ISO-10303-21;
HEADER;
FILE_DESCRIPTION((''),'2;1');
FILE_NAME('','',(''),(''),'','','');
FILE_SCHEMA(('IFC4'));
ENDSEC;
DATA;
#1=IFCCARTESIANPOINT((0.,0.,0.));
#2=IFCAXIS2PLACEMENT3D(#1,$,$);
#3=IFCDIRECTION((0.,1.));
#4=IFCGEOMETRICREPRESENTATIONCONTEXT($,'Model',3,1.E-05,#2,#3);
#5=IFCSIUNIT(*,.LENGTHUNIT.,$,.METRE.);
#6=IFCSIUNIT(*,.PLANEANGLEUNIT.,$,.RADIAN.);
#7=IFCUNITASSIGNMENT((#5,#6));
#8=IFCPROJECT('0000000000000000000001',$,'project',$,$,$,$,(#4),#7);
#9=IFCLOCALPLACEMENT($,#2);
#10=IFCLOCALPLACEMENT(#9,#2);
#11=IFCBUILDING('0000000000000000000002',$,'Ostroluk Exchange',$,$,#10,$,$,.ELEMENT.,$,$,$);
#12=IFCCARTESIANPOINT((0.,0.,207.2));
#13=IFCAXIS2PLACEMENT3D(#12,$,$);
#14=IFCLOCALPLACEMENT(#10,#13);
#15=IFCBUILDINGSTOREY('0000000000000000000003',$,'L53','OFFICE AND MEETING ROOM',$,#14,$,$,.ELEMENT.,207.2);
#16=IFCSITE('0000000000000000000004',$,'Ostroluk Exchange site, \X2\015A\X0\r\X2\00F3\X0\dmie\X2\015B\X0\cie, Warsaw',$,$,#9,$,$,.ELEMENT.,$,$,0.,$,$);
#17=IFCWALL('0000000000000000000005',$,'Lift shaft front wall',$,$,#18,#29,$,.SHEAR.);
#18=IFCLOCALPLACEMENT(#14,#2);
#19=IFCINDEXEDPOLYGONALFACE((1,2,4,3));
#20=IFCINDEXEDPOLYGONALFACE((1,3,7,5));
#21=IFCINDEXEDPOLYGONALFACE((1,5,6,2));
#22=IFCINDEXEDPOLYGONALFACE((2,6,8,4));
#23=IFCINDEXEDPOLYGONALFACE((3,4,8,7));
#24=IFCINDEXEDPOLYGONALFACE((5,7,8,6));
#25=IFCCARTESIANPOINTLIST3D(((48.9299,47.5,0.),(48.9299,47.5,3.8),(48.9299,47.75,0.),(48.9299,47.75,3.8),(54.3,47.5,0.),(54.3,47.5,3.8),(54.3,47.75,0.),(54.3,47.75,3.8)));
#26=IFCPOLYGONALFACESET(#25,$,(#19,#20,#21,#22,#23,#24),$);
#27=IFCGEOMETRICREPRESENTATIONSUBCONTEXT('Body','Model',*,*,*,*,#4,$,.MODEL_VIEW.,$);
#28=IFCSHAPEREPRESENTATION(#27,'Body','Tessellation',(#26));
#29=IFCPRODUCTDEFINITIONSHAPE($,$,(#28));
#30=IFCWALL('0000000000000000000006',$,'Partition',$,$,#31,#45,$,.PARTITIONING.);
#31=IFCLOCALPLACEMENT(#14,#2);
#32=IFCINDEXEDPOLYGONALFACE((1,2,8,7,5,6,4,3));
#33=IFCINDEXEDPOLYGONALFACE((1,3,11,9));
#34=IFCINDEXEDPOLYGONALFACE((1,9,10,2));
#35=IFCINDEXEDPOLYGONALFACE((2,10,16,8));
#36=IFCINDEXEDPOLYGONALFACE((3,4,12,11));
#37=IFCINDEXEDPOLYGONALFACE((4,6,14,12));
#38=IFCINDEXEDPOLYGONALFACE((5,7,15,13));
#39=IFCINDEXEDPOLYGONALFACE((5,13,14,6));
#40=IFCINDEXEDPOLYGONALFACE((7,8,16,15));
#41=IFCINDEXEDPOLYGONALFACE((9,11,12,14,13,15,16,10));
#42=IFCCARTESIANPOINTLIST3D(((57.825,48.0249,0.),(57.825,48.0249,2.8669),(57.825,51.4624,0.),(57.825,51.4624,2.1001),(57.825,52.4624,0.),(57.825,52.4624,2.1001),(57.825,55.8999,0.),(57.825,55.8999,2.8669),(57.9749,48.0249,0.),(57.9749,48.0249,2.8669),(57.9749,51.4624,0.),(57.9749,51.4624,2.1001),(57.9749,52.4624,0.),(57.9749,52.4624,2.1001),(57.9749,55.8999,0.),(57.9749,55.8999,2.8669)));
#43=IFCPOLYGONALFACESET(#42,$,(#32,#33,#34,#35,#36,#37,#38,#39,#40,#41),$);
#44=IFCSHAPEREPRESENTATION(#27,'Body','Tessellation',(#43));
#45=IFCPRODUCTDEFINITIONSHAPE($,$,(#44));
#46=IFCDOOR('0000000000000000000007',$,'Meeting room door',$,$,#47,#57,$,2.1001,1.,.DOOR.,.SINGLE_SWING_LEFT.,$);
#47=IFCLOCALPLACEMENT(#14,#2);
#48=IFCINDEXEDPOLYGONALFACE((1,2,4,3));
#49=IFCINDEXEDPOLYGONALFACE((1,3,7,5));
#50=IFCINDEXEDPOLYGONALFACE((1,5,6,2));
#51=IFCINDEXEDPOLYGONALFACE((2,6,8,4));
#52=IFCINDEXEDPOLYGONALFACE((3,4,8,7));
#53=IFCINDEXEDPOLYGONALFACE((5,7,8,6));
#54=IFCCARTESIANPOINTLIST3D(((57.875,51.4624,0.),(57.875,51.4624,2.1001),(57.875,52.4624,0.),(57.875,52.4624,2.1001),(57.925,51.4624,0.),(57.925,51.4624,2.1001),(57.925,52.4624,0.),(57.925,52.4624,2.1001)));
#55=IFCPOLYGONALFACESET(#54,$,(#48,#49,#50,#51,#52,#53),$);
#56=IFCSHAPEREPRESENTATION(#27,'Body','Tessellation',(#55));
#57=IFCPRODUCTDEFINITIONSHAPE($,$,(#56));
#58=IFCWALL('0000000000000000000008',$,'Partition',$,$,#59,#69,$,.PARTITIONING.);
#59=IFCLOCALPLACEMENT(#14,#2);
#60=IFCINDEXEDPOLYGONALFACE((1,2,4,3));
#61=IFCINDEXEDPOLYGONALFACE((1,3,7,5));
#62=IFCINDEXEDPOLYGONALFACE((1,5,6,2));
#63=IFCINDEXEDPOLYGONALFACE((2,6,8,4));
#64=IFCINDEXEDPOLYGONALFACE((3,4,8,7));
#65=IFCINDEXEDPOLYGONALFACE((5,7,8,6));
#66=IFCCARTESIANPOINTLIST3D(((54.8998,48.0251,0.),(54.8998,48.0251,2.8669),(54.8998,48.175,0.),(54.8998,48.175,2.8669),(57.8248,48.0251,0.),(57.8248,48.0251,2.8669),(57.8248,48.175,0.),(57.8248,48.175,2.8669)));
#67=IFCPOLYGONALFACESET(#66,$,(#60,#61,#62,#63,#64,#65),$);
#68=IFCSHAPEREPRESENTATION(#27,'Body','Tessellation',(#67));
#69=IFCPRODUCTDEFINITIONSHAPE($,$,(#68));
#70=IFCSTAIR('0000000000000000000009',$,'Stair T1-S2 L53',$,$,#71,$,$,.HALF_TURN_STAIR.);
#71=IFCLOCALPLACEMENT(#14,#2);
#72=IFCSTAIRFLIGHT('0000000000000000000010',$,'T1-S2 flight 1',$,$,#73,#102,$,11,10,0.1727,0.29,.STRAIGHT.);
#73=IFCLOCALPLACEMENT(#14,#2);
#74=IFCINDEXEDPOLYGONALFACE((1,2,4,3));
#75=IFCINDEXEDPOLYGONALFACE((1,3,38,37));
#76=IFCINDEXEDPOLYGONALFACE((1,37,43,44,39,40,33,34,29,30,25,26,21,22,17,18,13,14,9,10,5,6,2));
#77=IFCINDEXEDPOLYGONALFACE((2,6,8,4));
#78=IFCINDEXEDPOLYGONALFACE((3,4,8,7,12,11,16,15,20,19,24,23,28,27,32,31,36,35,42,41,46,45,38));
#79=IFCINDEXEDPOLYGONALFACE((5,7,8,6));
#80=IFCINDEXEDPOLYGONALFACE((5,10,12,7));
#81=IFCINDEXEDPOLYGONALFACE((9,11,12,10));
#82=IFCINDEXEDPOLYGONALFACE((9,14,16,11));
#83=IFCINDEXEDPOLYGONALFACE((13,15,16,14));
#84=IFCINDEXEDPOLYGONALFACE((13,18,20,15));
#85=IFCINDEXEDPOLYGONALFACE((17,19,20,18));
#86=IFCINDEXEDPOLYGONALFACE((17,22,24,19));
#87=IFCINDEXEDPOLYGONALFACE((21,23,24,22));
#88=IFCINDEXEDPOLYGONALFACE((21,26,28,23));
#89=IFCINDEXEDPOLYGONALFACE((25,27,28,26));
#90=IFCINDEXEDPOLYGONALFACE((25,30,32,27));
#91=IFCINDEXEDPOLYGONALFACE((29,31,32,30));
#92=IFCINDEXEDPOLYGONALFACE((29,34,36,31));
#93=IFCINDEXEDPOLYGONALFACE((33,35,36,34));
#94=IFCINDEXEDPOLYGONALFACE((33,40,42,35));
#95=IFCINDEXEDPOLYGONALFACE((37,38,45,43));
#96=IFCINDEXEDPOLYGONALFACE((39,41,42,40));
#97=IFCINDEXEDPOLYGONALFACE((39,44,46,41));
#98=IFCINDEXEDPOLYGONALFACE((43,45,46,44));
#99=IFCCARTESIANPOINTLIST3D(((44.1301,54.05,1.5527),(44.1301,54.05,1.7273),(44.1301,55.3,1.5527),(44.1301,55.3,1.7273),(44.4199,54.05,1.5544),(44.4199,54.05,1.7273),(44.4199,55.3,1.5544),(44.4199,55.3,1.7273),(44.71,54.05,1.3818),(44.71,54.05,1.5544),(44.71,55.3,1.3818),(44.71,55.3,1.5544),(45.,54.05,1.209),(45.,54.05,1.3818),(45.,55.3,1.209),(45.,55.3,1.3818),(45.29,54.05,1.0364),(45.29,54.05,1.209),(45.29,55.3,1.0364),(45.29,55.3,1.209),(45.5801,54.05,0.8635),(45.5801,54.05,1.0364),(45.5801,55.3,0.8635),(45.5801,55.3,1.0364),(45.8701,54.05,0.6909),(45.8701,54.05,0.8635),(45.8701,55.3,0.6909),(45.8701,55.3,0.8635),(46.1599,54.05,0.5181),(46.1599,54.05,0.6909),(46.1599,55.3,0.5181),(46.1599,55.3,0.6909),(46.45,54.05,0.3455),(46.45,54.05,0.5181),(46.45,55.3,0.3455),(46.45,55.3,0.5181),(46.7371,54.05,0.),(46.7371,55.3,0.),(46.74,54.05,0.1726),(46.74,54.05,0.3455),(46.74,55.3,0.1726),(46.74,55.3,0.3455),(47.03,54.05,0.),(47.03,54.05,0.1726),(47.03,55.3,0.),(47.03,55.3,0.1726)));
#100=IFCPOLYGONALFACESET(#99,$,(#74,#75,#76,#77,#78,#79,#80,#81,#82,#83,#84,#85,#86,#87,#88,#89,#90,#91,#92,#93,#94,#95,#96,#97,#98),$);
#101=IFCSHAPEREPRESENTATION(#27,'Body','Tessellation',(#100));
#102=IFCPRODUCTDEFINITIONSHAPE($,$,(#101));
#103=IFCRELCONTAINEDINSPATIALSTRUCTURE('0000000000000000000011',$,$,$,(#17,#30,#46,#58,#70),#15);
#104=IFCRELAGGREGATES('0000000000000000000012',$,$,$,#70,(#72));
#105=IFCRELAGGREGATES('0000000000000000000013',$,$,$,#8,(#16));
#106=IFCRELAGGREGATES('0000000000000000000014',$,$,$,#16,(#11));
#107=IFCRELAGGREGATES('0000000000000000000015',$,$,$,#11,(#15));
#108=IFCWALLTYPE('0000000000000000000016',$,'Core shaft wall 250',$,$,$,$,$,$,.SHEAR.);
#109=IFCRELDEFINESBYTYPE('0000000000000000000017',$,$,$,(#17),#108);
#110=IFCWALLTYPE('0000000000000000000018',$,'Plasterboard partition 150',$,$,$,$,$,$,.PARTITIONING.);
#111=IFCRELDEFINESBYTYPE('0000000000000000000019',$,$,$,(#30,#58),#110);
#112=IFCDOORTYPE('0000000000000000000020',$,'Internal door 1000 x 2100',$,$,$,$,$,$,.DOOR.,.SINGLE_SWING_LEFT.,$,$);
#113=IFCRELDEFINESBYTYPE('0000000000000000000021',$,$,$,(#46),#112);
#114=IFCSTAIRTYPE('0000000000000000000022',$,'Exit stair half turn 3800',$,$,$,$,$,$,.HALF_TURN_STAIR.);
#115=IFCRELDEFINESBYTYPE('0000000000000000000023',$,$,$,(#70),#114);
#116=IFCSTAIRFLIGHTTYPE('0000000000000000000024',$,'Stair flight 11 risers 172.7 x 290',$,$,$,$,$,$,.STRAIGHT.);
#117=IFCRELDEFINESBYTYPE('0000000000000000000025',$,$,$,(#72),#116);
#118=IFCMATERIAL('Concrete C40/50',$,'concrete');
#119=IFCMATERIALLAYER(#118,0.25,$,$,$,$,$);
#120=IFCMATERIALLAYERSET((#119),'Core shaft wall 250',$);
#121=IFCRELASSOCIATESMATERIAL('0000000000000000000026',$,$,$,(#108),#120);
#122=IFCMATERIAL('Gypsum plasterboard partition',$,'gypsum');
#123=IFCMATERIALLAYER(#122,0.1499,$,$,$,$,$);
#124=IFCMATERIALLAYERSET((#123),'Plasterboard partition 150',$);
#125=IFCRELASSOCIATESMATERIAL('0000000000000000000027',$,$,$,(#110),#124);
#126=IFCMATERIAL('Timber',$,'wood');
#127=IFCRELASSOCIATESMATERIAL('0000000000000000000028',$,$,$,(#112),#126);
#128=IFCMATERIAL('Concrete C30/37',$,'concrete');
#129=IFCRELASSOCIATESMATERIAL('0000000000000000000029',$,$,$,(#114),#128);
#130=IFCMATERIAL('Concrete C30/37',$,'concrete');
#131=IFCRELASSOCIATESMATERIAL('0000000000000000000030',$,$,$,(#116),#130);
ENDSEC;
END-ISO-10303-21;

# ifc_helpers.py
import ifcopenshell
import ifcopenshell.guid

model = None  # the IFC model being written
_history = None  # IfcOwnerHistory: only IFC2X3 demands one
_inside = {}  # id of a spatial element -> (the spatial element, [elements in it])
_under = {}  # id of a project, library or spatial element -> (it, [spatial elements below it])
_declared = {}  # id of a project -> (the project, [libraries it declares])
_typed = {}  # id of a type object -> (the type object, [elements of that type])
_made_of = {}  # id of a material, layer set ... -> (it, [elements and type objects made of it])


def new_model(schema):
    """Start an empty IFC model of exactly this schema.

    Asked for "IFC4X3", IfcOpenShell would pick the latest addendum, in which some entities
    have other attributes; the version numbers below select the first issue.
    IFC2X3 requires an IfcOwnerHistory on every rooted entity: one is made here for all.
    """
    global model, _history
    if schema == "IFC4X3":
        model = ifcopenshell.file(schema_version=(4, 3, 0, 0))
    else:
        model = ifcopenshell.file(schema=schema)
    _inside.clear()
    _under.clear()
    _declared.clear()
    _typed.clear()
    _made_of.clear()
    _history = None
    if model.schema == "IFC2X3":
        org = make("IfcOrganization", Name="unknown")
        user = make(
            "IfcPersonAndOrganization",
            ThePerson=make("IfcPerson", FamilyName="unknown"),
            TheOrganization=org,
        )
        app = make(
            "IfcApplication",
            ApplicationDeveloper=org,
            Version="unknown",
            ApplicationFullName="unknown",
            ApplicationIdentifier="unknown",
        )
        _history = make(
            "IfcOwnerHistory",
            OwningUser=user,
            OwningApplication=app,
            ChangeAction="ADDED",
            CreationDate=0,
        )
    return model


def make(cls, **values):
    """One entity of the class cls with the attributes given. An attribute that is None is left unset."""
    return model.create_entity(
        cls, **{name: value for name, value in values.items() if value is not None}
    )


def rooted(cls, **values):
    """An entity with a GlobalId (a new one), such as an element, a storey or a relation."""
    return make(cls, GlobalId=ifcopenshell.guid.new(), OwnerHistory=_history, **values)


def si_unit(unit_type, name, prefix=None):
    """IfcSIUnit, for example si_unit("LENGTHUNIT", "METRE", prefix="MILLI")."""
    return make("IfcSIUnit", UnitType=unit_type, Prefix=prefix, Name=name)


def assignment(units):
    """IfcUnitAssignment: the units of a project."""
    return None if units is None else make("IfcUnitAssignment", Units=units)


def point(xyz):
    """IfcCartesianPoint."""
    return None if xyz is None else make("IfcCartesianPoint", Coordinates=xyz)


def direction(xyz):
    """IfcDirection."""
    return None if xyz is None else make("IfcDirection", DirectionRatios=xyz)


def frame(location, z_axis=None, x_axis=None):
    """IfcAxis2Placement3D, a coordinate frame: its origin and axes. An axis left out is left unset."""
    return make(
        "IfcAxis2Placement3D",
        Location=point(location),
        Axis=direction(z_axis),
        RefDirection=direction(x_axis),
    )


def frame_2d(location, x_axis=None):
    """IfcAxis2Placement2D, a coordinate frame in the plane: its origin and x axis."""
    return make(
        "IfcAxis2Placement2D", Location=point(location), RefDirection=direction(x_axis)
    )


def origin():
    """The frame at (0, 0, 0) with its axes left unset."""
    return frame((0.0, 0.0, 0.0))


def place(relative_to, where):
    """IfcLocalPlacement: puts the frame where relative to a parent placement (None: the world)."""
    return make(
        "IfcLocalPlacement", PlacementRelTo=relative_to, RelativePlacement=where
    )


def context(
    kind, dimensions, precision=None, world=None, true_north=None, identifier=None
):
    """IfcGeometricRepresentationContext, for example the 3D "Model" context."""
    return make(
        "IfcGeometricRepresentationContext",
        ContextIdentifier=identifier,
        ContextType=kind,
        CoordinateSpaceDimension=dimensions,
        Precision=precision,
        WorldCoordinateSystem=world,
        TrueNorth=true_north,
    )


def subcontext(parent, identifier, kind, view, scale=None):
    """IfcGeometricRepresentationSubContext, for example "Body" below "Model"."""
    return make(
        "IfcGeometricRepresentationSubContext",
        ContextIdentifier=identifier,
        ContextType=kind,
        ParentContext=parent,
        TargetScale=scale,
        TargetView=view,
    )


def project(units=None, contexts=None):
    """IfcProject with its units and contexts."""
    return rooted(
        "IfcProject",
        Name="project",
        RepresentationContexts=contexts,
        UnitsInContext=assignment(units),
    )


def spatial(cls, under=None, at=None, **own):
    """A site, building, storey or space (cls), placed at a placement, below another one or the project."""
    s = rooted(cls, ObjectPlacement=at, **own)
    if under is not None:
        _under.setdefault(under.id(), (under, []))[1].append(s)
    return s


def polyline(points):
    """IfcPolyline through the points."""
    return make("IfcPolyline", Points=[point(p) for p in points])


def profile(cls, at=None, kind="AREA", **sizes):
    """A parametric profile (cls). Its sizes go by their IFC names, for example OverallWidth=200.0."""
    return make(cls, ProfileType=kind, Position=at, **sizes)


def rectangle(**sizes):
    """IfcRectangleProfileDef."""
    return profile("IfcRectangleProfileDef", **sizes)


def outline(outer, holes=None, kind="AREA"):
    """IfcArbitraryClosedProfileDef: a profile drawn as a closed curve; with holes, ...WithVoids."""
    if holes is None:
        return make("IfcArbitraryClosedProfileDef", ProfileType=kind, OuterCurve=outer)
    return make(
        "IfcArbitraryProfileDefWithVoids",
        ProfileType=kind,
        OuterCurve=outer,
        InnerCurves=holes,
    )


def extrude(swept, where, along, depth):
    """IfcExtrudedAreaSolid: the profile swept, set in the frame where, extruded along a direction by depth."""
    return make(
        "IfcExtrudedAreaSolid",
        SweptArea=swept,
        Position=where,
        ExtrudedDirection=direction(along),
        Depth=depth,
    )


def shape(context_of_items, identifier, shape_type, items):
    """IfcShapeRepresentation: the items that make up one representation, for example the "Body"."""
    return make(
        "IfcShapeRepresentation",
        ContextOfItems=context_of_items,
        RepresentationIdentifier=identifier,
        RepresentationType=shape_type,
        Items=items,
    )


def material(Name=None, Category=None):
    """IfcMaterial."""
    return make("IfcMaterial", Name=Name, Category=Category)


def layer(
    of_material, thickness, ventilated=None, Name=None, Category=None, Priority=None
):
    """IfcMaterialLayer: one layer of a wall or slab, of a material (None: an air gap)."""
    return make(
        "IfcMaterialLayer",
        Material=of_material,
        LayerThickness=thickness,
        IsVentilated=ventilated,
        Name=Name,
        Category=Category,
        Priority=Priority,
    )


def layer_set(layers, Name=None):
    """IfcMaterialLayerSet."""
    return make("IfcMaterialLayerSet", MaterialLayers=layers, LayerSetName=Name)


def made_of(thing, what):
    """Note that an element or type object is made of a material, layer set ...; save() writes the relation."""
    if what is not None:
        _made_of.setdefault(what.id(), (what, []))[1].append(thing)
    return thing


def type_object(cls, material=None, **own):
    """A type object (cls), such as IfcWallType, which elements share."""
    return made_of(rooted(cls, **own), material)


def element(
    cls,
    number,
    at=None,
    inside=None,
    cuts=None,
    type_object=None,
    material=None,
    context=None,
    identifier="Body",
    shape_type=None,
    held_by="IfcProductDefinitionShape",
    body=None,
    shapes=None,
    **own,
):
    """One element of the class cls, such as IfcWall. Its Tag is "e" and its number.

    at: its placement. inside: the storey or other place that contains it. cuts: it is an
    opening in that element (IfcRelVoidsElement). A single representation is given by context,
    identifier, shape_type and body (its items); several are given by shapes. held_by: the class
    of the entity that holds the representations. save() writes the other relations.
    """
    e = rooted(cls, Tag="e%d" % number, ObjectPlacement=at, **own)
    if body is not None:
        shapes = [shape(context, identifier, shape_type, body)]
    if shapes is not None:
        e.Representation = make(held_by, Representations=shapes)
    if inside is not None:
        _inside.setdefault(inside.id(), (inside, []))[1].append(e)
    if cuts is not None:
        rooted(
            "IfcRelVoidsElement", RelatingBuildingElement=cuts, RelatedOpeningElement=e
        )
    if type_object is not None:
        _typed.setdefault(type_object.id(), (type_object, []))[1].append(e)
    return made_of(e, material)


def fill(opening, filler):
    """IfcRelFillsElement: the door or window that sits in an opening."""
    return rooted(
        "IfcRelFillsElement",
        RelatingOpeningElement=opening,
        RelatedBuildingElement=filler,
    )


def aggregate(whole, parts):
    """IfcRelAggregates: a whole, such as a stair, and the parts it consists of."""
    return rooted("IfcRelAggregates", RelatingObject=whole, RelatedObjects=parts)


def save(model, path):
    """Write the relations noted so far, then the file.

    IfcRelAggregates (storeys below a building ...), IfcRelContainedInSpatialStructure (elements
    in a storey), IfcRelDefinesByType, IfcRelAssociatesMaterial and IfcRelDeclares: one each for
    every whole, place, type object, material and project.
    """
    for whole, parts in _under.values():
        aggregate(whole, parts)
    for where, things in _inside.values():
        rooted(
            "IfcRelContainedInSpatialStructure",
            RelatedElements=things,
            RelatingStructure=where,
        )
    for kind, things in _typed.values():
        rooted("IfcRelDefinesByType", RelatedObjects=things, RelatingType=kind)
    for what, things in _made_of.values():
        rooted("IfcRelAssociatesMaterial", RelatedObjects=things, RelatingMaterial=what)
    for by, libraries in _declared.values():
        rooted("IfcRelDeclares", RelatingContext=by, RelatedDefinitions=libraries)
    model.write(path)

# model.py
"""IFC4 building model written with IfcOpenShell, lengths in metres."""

from ifc_helpers import new_model, si_unit, direction, frame, frame_2d, origin, place, context, subcontext, project, spatial, polyline, rectangle, outline, extrude, material, layer, layer_set, type_object, element, fill, aggregate, save


model = new_model("IFC4")

# Units and contexts
model_context = context("Model", 3, precision=1e-05, world=origin(), true_north=direction((0.0, 1.0)))
body_context = subcontext(model_context, "Body", "Model", "MODEL_VIEW")
ifc_project = project(units=[si_unit("LENGTHUNIT", "METRE"), si_unit("PLANEANGLEUNIT", "RADIAN")], contexts=[model_context])

# Site, building, storey
site_placement = place(None, origin())
site = spatial("IfcSite", under=ifc_project, at=site_placement, Name="Ostroluk Exchange site, Śródmieście, Warsaw", CompositionType="ELEMENT", RefElevation=0.0)
building_placement = place(site_placement, origin())
building = spatial("IfcBuilding", under=site, at=building_placement, Name="Ostroluk Exchange", CompositionType="ELEMENT")
storey_placement = place(building_placement, frame((0.0, 0.0, 207.2)))
storey = spatial("IfcBuildingStorey", under=building, at=storey_placement, Name="L53", Description="OFFICE AND MEETING ROOM", CompositionType="ELEMENT", Elevation=207.2)

# Shared definitions
ifc_material_1 = material(Name="Concrete C40/50", Category="concrete")
ifc_layer_1 = layer(ifc_material_1, 0.25)
ifc_layer_set_1 = layer_set([ifc_layer_1], Name="Core shaft wall 250")
wall_type_1 = type_object("IfcWallType", Name="Core shaft wall 250", PredefinedType="SHEAR", material=ifc_layer_set_1)

# Wall
wall_1_placement = place(storey_placement, frame((48.9299, 47.625, 0.0), z_axis=(0.0, 0.0, 1.0), x_axis=(1.0, 0.0, 0.0)))
element("IfcWall", 1, at=wall_1_placement, inside=storey, type_object=wall_type_1, Name="Lift shaft front wall", PredefinedType="SHEAR", context=body_context, shape_type="SweptSolid", body=[
    extrude(rectangle(XDim=5.3701, YDim=0.25, at=frame_2d((2.6851, 0.0))), origin(), (0.0, 0.0, 1.0), 3.8),
])

# Wall, opening, door
ifc_material_2 = material(Name="Gypsum plasterboard partition", Category="gypsum")
ifc_layer_2 = layer(ifc_material_2, 0.1499)
ifc_layer_set_2 = layer_set([ifc_layer_2], Name="Plasterboard partition 150")
wall_type_2 = type_object("IfcWallType", Name="Plasterboard partition 150", PredefinedType="PARTITIONING", material=ifc_layer_set_2)
wall_2_placement = place(storey_placement, frame((57.8999, 48.0249, 0.0), z_axis=(0.0, 0.0, 1.0), x_axis=(0.0, 1.0, 0.0)))
wall_2 = element("IfcWall", 2, at=wall_2_placement, inside=storey, type_object=wall_type_2, Name="Partition", PredefinedType="PARTITIONING", context=body_context, shape_type="SweptSolid", body=[
    extrude(rectangle(XDim=7.875, YDim=0.1499, at=frame_2d((3.9375, 0.0))), origin(), (0.0, 0.0, 1.0), 2.8669),
])
opening_1_placement = place(wall_2_placement, frame((3.4375, 0.0, 0.0)))
opening_1 = element("IfcOpeningElement", 3, at=opening_1_placement, cuts=wall_2, PredefinedType="OPENING", context=body_context, shape_type="SweptSolid", body=[
    extrude(rectangle(XDim=1.0, YDim=2.1001, at=frame_2d((0.5, 1.05))), frame((0.0, 0.085, 0.0), z_axis=(0.0, -1.0, 0.0), x_axis=(1.0, 0.0, 0.0)), (0.0, 0.0, 1.0), 0.1699),
])
ifc_material_3 = material(Name="Timber", Category="wood")
door_type_1 = type_object("IfcDoorType", Name="Internal door 1000 x 2100", OperationType="SINGLE_SWING_LEFT", PredefinedType="DOOR", material=ifc_material_3)
door_1_placement = place(opening_1_placement, origin())
door_1 = element("IfcDoor", 4, at=door_1_placement, inside=storey, type_object=door_type_1, Name="Meeting room door", OperationType="SINGLE_SWING_LEFT", OverallHeight=2.1001, OverallWidth=1.0, PredefinedType="DOOR", context=body_context, shape_type="SweptSolid", body=[
    extrude(rectangle(XDim=1.0, YDim=2.1001, at=frame_2d((0.5, 1.05))), frame((0.0, 0.0249, 0.0), z_axis=(0.0, -1.0, 0.0), x_axis=(1.0, 0.0, 0.0)), (0.0, 0.0, 1.0), 0.05),
])
fill(opening_1, door_1)

# Wall
wall_3_placement = place(storey_placement, frame((54.8999, 48.1001, 0.0), z_axis=(0.0, 0.0, 1.0), x_axis=(1.0, 0.0, 0.0)))
element("IfcWall", 5, at=wall_3_placement, inside=storey, type_object=wall_type_2, Name="Partition", PredefinedType="PARTITIONING", context=body_context, shape_type="SweptSolid", body=[
    extrude(rectangle(XDim=2.925, YDim=0.1499, at=frame_2d((1.4624, 0.0))), origin(), (0.0, 0.0, 1.0), 2.8669),
])

# Stair, stair flight
ifc_material_4 = material(Name="Concrete C30/37", Category="concrete")
stair_type = type_object("IfcStairType", Name="Exit stair half turn 3800", PredefinedType="HALF_TURN_STAIR", material=ifc_material_4)
stair_placement = place(storey_placement, origin())
stair = element("IfcStair", 6, at=stair_placement, inside=storey, type_object=stair_type, Name="Stair T1-S2 L53", PredefinedType="HALF_TURN_STAIR")
ifc_material_5 = material(Name="Concrete C30/37", Category="concrete")
stair_flight_type = type_object("IfcStairFlightType", Name="Stair flight 11 risers 172.7 x 290", PredefinedType="STRAIGHT", material=ifc_material_5)
stair_flight_placement = place(storey_placement, frame((47.03, 54.675, 0.0), z_axis=(0.0, 0.0, 1.0), x_axis=(-1.0, 0.0, 0.0)))
stair_flight = element("IfcStairFlight", 7, at=stair_flight_placement, type_object=stair_flight_type, Name="T1-S2 flight 1", NumberOfRisers=11, NumberOfTreads=10, PredefinedType="STRAIGHT", RiserHeight=0.1727, TreadLength=0.29, context=body_context, shape_type="SweptSolid", body=[
    extrude(outline(polyline([(0.0, 0.0), (0.0, 0.1726), (0.29, 0.1726), (0.29, 0.3455), (0.5801, 0.3455), (0.5801, 0.5181), (0.8701, 0.5181), (0.8701, 0.6909), (1.1599, 0.6909), (1.1599, 0.8635), (1.45, 0.8635), (1.45, 1.0364), (1.74, 1.0364), (1.74, 1.209), (2.03, 1.209), (2.03, 1.3818), (2.3201, 1.3818), (2.3201, 1.5544), (2.6101, 1.5544), (2.6101, 1.7273), (2.8999, 1.7273), (2.8999, 1.8999), (2.8999, 1.5527), (0.293, 0.0), (0.0, 0.0)])), frame((0.0, 0.625, 0.0), z_axis=(0.0, -1.0, 0.0), x_axis=(1.0, 0.0, 0.0)), (0.0, 0.0, 1.0), 1.25),
])
aggregate(stair, [stair_flight])

save(model, "model.ifc")
